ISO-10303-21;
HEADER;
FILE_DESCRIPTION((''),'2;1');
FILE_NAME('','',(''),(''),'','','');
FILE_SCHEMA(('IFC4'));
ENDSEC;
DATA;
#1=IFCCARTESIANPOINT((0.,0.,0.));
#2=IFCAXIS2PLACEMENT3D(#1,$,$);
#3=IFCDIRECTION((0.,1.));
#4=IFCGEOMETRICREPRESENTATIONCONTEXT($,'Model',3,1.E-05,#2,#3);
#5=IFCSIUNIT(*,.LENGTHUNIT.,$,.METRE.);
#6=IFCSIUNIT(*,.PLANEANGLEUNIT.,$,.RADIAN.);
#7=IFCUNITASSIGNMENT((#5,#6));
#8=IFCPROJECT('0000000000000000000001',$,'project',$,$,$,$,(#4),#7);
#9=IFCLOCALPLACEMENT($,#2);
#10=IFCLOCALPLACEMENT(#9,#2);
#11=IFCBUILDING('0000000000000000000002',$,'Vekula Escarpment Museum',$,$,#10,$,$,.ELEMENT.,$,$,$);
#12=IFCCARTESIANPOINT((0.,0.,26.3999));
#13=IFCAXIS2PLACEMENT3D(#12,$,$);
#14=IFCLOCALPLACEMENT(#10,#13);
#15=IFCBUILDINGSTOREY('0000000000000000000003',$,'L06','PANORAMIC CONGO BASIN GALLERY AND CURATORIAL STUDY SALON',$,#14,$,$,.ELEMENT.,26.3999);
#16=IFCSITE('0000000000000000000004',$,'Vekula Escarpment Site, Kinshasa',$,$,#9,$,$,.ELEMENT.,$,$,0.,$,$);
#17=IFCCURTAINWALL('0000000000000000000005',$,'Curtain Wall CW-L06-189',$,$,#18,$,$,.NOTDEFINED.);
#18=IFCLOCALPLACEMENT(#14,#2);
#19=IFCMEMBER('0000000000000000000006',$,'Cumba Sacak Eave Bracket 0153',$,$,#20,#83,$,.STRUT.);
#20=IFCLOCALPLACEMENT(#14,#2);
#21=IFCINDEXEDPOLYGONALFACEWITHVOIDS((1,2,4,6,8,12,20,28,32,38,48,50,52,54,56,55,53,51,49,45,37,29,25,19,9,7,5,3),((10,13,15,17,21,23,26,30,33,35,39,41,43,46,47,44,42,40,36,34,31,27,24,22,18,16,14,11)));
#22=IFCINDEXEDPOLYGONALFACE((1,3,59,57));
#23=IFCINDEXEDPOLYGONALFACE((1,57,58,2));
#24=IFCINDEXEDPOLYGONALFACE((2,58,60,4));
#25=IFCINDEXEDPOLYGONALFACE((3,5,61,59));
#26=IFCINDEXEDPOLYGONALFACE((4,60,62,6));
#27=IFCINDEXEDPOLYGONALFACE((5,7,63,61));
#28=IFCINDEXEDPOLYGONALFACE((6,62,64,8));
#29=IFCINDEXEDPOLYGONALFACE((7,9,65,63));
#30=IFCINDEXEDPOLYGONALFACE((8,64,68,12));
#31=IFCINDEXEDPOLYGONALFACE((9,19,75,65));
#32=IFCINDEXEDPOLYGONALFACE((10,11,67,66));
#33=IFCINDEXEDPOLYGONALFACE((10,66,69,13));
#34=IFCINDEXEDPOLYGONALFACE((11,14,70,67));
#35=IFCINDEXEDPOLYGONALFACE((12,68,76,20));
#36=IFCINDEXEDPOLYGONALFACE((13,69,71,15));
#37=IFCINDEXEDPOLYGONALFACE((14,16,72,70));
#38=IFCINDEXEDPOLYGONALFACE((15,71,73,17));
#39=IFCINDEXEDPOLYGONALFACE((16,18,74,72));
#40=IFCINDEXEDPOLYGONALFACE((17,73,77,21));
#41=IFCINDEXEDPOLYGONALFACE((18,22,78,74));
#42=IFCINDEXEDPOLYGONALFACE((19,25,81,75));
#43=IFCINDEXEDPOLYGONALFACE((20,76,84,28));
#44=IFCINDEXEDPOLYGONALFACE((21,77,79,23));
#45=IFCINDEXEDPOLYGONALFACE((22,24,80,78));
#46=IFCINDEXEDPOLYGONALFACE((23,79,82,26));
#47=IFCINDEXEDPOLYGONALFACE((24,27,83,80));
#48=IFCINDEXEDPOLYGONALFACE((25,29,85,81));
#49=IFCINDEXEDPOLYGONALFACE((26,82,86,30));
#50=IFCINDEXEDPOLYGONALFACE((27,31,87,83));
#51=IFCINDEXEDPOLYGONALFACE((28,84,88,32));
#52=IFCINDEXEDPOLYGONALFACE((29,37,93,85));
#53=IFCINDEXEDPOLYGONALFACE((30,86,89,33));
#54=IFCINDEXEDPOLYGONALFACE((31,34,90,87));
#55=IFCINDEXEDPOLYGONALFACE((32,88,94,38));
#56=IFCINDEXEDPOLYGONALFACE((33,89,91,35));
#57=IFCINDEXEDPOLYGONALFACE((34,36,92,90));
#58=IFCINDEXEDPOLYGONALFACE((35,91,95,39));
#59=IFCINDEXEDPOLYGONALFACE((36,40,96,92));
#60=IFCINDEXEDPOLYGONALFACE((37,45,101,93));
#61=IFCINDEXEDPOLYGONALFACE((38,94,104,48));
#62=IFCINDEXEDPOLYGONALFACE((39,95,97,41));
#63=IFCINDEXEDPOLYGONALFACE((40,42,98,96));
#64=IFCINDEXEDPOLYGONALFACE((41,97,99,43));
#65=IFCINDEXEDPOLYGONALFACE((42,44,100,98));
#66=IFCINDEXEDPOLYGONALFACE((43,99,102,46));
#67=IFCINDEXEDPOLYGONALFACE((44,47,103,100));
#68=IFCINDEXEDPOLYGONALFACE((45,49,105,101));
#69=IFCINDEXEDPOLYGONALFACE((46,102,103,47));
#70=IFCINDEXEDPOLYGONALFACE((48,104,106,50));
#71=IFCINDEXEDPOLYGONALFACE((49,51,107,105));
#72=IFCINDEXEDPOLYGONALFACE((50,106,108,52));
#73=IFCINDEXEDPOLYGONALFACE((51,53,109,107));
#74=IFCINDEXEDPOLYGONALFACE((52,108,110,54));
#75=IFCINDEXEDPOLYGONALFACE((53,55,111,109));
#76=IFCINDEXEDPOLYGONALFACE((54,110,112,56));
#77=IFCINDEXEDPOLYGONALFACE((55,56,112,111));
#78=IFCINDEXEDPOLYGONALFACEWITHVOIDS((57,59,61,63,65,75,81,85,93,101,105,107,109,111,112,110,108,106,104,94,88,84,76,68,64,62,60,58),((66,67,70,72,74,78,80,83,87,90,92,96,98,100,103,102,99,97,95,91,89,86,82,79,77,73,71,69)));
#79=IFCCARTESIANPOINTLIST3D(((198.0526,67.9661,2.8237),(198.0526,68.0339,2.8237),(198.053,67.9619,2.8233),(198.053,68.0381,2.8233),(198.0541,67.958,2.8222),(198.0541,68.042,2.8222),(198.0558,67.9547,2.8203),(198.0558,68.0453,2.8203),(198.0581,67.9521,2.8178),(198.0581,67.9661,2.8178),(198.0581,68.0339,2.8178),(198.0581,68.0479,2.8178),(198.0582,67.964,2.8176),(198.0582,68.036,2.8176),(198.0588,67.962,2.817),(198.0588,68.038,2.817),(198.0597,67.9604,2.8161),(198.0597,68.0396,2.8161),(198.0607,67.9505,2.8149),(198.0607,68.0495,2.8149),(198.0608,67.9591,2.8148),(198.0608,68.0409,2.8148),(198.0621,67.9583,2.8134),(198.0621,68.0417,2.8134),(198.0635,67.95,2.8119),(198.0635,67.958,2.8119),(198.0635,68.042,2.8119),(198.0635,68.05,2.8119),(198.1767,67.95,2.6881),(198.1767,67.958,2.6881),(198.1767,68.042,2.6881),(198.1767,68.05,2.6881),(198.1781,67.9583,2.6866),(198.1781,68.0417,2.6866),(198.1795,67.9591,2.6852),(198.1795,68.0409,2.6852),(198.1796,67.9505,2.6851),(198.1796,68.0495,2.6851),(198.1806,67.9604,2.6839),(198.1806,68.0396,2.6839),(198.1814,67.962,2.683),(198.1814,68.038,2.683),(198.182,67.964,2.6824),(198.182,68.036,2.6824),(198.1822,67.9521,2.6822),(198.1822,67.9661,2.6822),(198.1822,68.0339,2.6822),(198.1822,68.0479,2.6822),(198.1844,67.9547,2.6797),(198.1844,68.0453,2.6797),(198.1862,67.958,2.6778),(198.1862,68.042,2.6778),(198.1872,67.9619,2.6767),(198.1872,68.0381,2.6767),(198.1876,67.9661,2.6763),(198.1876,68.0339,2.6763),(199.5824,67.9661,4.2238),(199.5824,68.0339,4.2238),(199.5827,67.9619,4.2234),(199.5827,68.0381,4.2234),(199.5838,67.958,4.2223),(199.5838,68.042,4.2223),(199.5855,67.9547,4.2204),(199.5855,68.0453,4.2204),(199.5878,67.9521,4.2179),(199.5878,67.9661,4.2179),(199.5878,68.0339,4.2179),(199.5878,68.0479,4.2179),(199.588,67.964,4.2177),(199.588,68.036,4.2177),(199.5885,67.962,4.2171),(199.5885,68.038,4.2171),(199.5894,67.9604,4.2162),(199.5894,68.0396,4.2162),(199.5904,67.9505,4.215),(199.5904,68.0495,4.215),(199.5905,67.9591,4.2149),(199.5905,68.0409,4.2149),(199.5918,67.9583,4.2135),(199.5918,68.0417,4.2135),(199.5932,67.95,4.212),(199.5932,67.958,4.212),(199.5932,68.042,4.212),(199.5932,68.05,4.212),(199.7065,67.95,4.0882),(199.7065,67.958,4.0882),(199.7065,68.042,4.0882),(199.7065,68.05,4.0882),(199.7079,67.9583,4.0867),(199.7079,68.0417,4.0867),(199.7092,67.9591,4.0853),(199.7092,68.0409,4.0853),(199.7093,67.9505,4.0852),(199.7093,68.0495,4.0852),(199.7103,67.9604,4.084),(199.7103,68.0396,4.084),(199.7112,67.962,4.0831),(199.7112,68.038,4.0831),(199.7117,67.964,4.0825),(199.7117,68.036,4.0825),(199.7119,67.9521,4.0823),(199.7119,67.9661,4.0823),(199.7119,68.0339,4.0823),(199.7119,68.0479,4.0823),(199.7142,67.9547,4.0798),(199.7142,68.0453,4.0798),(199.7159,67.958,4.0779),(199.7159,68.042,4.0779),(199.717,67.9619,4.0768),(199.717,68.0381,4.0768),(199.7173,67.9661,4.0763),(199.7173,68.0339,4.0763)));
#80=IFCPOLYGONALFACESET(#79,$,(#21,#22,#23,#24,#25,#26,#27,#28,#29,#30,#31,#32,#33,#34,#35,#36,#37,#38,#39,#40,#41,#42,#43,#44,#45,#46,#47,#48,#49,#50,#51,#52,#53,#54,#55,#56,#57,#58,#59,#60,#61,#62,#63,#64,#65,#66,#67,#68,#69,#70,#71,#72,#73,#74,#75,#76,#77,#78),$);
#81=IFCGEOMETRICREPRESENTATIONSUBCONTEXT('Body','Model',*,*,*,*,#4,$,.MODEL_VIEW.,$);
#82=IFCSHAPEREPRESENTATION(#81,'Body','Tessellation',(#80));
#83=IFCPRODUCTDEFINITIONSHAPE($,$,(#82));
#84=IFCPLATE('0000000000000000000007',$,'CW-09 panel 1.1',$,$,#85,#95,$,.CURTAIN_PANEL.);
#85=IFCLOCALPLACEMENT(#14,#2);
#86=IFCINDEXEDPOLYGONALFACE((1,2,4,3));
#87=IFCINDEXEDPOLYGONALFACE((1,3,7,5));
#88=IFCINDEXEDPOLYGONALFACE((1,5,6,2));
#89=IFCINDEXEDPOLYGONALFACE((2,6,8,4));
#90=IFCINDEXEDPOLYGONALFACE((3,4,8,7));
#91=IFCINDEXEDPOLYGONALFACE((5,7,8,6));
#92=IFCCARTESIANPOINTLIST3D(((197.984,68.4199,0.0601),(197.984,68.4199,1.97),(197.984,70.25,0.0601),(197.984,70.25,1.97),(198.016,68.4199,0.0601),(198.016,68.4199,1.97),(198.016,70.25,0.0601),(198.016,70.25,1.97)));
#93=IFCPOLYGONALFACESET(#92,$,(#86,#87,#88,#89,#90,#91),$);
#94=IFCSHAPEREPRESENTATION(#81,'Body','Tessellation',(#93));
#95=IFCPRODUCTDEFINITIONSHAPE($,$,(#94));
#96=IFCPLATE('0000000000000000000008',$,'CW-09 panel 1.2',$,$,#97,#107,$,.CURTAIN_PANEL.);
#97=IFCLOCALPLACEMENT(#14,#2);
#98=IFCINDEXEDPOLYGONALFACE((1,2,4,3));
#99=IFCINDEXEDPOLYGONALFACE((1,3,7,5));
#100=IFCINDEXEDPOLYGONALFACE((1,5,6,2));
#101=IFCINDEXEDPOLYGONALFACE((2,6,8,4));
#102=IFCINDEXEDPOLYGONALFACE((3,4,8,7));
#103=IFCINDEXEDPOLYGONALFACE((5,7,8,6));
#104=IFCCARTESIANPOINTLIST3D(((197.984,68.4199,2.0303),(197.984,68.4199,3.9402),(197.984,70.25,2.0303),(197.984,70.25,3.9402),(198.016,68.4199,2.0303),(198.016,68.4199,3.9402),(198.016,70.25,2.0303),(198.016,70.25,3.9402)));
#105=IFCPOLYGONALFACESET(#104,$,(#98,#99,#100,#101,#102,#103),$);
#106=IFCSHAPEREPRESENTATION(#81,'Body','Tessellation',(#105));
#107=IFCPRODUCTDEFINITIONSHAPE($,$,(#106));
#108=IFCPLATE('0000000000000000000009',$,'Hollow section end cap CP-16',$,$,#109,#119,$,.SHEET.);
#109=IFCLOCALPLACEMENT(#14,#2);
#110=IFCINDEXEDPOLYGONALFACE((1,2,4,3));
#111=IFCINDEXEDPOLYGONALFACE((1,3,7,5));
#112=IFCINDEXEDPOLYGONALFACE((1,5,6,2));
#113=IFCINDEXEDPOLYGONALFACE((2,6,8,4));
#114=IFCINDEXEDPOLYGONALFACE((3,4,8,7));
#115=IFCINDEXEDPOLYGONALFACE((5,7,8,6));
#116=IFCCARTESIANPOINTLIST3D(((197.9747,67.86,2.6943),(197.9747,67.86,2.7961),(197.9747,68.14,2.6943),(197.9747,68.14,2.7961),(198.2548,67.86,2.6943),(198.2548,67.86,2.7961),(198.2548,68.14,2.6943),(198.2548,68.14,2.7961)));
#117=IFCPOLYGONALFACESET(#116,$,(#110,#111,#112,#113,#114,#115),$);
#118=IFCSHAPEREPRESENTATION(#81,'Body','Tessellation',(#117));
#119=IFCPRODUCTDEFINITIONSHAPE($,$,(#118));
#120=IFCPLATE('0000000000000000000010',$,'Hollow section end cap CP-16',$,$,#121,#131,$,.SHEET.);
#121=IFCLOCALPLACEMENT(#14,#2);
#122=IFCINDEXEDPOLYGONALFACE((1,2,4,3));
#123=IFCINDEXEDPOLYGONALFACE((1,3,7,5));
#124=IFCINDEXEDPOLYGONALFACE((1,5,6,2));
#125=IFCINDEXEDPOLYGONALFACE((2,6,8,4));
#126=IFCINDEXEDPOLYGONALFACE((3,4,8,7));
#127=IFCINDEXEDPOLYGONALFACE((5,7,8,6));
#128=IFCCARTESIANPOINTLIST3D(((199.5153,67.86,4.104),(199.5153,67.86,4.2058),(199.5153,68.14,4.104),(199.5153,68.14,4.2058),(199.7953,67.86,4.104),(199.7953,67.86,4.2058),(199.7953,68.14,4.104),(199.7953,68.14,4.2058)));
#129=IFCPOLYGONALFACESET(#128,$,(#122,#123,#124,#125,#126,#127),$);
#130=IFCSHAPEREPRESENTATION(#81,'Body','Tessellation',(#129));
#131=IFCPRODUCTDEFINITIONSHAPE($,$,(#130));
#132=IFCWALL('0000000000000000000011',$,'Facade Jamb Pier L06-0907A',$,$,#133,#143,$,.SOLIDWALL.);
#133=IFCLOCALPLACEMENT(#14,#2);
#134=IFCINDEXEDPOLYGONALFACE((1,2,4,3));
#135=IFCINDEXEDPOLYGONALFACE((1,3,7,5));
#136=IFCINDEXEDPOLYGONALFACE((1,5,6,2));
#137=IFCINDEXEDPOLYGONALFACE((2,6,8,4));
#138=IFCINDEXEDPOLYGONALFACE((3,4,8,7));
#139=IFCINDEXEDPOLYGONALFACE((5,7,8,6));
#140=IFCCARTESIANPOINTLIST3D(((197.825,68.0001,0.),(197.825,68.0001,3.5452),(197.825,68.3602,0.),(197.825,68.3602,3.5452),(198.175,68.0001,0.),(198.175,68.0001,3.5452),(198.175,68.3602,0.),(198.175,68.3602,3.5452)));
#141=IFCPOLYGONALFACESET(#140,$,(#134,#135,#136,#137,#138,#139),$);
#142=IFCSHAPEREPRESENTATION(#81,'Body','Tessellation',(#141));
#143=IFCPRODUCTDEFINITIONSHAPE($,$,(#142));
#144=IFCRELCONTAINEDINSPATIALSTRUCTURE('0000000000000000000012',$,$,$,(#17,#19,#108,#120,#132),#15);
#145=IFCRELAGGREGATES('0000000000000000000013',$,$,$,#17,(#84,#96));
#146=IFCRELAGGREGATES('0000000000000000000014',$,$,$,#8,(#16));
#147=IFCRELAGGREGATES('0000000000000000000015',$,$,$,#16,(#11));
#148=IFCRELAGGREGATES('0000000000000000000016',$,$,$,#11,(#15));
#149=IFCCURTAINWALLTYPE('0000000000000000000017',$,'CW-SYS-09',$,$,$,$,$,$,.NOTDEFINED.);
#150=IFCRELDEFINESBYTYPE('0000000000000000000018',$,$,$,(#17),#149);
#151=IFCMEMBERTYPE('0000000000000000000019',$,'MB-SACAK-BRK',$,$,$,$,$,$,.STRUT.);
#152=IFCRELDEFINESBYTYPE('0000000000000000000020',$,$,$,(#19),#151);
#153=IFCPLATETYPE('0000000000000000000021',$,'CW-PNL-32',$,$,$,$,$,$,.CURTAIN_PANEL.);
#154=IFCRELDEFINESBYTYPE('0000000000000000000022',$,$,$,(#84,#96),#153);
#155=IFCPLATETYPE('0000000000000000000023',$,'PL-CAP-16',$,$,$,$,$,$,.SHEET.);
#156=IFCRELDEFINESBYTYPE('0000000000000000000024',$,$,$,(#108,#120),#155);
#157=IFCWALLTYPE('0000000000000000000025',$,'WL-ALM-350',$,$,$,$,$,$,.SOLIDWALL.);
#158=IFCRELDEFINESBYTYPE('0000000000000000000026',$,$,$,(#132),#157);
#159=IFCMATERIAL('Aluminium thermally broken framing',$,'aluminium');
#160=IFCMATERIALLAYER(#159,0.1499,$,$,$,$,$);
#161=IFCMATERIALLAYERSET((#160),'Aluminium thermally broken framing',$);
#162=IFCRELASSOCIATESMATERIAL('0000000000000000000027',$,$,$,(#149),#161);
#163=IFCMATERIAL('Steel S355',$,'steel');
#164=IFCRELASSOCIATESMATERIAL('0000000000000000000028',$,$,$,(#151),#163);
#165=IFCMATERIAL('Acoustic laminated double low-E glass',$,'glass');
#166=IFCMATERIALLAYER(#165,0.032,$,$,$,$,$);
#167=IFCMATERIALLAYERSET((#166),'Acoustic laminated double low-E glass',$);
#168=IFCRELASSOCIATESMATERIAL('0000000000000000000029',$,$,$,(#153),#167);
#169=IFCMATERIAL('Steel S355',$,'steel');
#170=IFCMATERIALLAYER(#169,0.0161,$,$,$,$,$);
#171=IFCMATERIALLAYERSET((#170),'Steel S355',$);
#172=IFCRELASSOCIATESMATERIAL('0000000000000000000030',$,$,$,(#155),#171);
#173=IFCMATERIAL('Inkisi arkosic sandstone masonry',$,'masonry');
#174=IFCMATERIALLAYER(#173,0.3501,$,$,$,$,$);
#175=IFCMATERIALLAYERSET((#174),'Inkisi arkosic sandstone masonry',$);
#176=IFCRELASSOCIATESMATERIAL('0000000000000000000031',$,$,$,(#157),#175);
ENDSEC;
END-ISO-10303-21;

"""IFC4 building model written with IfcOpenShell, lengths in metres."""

from ifc_helpers import new_model, si_unit, direction, frame, frame_2d, origin, origin_2d, place, context, subcontext, project, spatial, rectangle, hollow_rectangle, extrude, material, layer, layer_set, material_profile, profile_set, type_object, element, aggregate, save


model = new_model("IFC4")

# Units and contexts
model_context = context("Model", 3, precision=1e-05, world=origin(), true_north=direction((0.0, 1.0)))
body_context = subcontext(model_context, "Body", "Model", "MODEL_VIEW")
ifc_project = project(units=[si_unit("LENGTHUNIT", "METRE"), si_unit("PLANEANGLEUNIT", "RADIAN")], contexts=[model_context])

# Site, building, storey
site_placement = place(None, origin())
site = spatial("IfcSite", under=ifc_project, at=site_placement, Name="Vekula Escarpment Site, Kinshasa", CompositionType="ELEMENT", RefElevation=0.0)
building_placement = place(site_placement, origin())
building = spatial("IfcBuilding", under=site, at=building_placement, Name="Vekula Escarpment Museum", CompositionType="ELEMENT")
storey_placement = place(building_placement, frame((0.0, 0.0, 26.3999)))
storey = spatial("IfcBuildingStorey", under=building, at=storey_placement, Name="L06", Description="PANORAMIC CONGO BASIN GALLERY AND CURATORIAL STUDY SALON", CompositionType="ELEMENT", Elevation=26.3999)

# Curtain wall
ifc_material_1 = material(Name="Aluminium thermally broken framing", Category="aluminium")
ifc_layer_1 = layer(ifc_material_1, 0.1499)
ifc_layer_set_1 = layer_set([ifc_layer_1], Name="Aluminium thermally broken framing")
curtain_wall_type = type_object("IfcCurtainWallType", Name="CW-SYS-09", PredefinedType="NOTDEFINED", material=ifc_layer_set_1)
curtain_wall_placement = place(storey_placement, origin())
curtain_wall = element("IfcCurtainWall", 1, at=curtain_wall_placement, inside=storey, type_object=curtain_wall_type, Name="Curtain Wall CW-L06-189", PredefinedType="NOTDEFINED")

# Member
ifc_material_2 = material(Name="Steel S355", Category="steel")
ifc_material_profile_1 = material_profile(ifc_material_2, hollow_rectangle(XDim=0.1001, YDim=0.2, WallThickness=0.0081, InnerFilletRadius=0.0081, OuterFilletRadius=0.0161, at=origin_2d()), Name="RHS 200x100x8")
ifc_profile_set_1 = profile_set([ifc_material_profile_1], Name="Steel S355")
member_type_1 = type_object("IfcMemberType", Name="MB-SACAK-BRK", PredefinedType="STRUT", material=ifc_profile_set_1)
member_1_placement = place(storey_placement, frame((198.1201, 68.0, 2.75), z_axis=(0.737672, 0.0, 0.675159), x_axis=(0.0, 1.0, 0.0)))
element("IfcMember", 2, at=member_1_placement, inside=storey, type_object=member_type_1, Name="Cumba Sacak Eave Bracket 0153", PredefinedType="STRUT", context=body_context, shape_type="SweptSolid", body=[
    extrude(hollow_rectangle(XDim=0.1001, YDim=0.2, WallThickness=0.0081, InnerFilletRadius=0.0081, OuterFilletRadius=0.0161, at=origin_2d()), origin(), (0.0, 0.0, 1.0), 2.0737),
])

# Plates
ifc_material_3 = material(Name="Acoustic laminated double low-E glass", Category="glass")
ifc_layer_2 = layer(ifc_material_3, 0.032)
ifc_layer_set_2 = layer_set([ifc_layer_2], Name="Acoustic laminated double low-E glass")
plate_type_1 = type_object("IfcPlateType", Name="CW-PNL-32", PredefinedType="CURTAIN_PANEL", material=ifc_layer_set_2)
plate_1_placement = place(storey_placement, frame((198.0, 69.335, 0.0601), z_axis=(0.0, 0.0, 1.0), x_axis=(0.0, 1.0, 0.0)))
plate_1 = element("IfcPlate", 3, at=plate_1_placement, type_object=plate_type_1, Name="CW-09 panel 1.1", PredefinedType="CURTAIN_PANEL", context=body_context, shape_type="SweptSolid", body=[
    extrude(rectangle(XDim=1.8301, YDim=0.032, at=origin_2d()), origin(), (0.0, 0.0, 1.0), 1.9099),
])
plate_2_placement = place(storey_placement, frame((198.0, 69.335, 2.0303), z_axis=(0.0, 0.0, 1.0), x_axis=(0.0, 1.0, 0.0)))
plate_2 = element("IfcPlate", 4, at=plate_2_placement, type_object=plate_type_1, Name="CW-09 panel 1.2", PredefinedType="CURTAIN_PANEL", context=body_context, shape_type="SweptSolid", body=[
    extrude(rectangle(XDim=1.8301, YDim=0.032, at=origin_2d()), origin(), (0.0, 0.0, 1.0), 1.9099),
])
aggregate(curtain_wall, [plate_1, plate_2])

# Plates
ifc_material_4 = material(Name="Steel S355", Category="steel")
ifc_layer_3 = layer(ifc_material_4, 0.0161)
ifc_layer_set_3 = layer_set([ifc_layer_3], Name="Steel S355")
plate_type_2 = type_object("IfcPlateType", Name="PL-CAP-16", PredefinedType="SHEET", material=ifc_layer_set_3)
for number, where, z_axis, x_axis, name in (
    (5, (198.1147, 68.0, 2.6943), (0.0, 0.0, 1.0), (1.0, 0.0, 0.0), "Hollow section end cap CP-16"),
    (6, (199.6553, 68.0, 4.104), (0.0, 0.0, 1.0), (1.0, 0.0, 0.0), "Hollow section end cap CP-16"),
):
    element("IfcPlate", number, at=place(storey_placement, frame(where, z_axis=z_axis, x_axis=x_axis)), inside=storey, type_object=plate_type_2, Name=name, PredefinedType="SHEET", context=body_context, shape_type="SweptSolid", body=[
        extrude(rectangle(XDim=0.28, YDim=0.28, at=origin_2d()), origin(), (0.0, 0.0, 1.0), 0.1018),
    ])

# Wall
ifc_material_5 = material(Name="Inkisi arkosic sandstone masonry", Category="masonry")
ifc_layer_4 = layer(ifc_material_5, 0.3501)
ifc_layer_set_4 = layer_set([ifc_layer_4], Name="Inkisi arkosic sandstone masonry")
wall_type_1 = type_object("IfcWallType", Name="WL-ALM-350", PredefinedType="SOLIDWALL", material=ifc_layer_set_4)
wall_1_placement = place(storey_placement, frame((198.0, 68.0, 0.0), z_axis=(0.0, 0.0, 1.0), x_axis=(0.0, 1.0, 0.0)))
element("IfcWall", 7, at=wall_1_placement, inside=storey, type_object=wall_type_1, Name="Facade Jamb Pier L06-0907A", PredefinedType="SOLIDWALL", context=body_context, shape_type="SweptSolid", body=[
    extrude(rectangle(XDim=0.3601, YDim=0.3501, at=frame_2d((0.1802, 0.0))), origin(), (0.0, 0.0, 1.0), 3.5452),
])

save(model, "model.ifc")
